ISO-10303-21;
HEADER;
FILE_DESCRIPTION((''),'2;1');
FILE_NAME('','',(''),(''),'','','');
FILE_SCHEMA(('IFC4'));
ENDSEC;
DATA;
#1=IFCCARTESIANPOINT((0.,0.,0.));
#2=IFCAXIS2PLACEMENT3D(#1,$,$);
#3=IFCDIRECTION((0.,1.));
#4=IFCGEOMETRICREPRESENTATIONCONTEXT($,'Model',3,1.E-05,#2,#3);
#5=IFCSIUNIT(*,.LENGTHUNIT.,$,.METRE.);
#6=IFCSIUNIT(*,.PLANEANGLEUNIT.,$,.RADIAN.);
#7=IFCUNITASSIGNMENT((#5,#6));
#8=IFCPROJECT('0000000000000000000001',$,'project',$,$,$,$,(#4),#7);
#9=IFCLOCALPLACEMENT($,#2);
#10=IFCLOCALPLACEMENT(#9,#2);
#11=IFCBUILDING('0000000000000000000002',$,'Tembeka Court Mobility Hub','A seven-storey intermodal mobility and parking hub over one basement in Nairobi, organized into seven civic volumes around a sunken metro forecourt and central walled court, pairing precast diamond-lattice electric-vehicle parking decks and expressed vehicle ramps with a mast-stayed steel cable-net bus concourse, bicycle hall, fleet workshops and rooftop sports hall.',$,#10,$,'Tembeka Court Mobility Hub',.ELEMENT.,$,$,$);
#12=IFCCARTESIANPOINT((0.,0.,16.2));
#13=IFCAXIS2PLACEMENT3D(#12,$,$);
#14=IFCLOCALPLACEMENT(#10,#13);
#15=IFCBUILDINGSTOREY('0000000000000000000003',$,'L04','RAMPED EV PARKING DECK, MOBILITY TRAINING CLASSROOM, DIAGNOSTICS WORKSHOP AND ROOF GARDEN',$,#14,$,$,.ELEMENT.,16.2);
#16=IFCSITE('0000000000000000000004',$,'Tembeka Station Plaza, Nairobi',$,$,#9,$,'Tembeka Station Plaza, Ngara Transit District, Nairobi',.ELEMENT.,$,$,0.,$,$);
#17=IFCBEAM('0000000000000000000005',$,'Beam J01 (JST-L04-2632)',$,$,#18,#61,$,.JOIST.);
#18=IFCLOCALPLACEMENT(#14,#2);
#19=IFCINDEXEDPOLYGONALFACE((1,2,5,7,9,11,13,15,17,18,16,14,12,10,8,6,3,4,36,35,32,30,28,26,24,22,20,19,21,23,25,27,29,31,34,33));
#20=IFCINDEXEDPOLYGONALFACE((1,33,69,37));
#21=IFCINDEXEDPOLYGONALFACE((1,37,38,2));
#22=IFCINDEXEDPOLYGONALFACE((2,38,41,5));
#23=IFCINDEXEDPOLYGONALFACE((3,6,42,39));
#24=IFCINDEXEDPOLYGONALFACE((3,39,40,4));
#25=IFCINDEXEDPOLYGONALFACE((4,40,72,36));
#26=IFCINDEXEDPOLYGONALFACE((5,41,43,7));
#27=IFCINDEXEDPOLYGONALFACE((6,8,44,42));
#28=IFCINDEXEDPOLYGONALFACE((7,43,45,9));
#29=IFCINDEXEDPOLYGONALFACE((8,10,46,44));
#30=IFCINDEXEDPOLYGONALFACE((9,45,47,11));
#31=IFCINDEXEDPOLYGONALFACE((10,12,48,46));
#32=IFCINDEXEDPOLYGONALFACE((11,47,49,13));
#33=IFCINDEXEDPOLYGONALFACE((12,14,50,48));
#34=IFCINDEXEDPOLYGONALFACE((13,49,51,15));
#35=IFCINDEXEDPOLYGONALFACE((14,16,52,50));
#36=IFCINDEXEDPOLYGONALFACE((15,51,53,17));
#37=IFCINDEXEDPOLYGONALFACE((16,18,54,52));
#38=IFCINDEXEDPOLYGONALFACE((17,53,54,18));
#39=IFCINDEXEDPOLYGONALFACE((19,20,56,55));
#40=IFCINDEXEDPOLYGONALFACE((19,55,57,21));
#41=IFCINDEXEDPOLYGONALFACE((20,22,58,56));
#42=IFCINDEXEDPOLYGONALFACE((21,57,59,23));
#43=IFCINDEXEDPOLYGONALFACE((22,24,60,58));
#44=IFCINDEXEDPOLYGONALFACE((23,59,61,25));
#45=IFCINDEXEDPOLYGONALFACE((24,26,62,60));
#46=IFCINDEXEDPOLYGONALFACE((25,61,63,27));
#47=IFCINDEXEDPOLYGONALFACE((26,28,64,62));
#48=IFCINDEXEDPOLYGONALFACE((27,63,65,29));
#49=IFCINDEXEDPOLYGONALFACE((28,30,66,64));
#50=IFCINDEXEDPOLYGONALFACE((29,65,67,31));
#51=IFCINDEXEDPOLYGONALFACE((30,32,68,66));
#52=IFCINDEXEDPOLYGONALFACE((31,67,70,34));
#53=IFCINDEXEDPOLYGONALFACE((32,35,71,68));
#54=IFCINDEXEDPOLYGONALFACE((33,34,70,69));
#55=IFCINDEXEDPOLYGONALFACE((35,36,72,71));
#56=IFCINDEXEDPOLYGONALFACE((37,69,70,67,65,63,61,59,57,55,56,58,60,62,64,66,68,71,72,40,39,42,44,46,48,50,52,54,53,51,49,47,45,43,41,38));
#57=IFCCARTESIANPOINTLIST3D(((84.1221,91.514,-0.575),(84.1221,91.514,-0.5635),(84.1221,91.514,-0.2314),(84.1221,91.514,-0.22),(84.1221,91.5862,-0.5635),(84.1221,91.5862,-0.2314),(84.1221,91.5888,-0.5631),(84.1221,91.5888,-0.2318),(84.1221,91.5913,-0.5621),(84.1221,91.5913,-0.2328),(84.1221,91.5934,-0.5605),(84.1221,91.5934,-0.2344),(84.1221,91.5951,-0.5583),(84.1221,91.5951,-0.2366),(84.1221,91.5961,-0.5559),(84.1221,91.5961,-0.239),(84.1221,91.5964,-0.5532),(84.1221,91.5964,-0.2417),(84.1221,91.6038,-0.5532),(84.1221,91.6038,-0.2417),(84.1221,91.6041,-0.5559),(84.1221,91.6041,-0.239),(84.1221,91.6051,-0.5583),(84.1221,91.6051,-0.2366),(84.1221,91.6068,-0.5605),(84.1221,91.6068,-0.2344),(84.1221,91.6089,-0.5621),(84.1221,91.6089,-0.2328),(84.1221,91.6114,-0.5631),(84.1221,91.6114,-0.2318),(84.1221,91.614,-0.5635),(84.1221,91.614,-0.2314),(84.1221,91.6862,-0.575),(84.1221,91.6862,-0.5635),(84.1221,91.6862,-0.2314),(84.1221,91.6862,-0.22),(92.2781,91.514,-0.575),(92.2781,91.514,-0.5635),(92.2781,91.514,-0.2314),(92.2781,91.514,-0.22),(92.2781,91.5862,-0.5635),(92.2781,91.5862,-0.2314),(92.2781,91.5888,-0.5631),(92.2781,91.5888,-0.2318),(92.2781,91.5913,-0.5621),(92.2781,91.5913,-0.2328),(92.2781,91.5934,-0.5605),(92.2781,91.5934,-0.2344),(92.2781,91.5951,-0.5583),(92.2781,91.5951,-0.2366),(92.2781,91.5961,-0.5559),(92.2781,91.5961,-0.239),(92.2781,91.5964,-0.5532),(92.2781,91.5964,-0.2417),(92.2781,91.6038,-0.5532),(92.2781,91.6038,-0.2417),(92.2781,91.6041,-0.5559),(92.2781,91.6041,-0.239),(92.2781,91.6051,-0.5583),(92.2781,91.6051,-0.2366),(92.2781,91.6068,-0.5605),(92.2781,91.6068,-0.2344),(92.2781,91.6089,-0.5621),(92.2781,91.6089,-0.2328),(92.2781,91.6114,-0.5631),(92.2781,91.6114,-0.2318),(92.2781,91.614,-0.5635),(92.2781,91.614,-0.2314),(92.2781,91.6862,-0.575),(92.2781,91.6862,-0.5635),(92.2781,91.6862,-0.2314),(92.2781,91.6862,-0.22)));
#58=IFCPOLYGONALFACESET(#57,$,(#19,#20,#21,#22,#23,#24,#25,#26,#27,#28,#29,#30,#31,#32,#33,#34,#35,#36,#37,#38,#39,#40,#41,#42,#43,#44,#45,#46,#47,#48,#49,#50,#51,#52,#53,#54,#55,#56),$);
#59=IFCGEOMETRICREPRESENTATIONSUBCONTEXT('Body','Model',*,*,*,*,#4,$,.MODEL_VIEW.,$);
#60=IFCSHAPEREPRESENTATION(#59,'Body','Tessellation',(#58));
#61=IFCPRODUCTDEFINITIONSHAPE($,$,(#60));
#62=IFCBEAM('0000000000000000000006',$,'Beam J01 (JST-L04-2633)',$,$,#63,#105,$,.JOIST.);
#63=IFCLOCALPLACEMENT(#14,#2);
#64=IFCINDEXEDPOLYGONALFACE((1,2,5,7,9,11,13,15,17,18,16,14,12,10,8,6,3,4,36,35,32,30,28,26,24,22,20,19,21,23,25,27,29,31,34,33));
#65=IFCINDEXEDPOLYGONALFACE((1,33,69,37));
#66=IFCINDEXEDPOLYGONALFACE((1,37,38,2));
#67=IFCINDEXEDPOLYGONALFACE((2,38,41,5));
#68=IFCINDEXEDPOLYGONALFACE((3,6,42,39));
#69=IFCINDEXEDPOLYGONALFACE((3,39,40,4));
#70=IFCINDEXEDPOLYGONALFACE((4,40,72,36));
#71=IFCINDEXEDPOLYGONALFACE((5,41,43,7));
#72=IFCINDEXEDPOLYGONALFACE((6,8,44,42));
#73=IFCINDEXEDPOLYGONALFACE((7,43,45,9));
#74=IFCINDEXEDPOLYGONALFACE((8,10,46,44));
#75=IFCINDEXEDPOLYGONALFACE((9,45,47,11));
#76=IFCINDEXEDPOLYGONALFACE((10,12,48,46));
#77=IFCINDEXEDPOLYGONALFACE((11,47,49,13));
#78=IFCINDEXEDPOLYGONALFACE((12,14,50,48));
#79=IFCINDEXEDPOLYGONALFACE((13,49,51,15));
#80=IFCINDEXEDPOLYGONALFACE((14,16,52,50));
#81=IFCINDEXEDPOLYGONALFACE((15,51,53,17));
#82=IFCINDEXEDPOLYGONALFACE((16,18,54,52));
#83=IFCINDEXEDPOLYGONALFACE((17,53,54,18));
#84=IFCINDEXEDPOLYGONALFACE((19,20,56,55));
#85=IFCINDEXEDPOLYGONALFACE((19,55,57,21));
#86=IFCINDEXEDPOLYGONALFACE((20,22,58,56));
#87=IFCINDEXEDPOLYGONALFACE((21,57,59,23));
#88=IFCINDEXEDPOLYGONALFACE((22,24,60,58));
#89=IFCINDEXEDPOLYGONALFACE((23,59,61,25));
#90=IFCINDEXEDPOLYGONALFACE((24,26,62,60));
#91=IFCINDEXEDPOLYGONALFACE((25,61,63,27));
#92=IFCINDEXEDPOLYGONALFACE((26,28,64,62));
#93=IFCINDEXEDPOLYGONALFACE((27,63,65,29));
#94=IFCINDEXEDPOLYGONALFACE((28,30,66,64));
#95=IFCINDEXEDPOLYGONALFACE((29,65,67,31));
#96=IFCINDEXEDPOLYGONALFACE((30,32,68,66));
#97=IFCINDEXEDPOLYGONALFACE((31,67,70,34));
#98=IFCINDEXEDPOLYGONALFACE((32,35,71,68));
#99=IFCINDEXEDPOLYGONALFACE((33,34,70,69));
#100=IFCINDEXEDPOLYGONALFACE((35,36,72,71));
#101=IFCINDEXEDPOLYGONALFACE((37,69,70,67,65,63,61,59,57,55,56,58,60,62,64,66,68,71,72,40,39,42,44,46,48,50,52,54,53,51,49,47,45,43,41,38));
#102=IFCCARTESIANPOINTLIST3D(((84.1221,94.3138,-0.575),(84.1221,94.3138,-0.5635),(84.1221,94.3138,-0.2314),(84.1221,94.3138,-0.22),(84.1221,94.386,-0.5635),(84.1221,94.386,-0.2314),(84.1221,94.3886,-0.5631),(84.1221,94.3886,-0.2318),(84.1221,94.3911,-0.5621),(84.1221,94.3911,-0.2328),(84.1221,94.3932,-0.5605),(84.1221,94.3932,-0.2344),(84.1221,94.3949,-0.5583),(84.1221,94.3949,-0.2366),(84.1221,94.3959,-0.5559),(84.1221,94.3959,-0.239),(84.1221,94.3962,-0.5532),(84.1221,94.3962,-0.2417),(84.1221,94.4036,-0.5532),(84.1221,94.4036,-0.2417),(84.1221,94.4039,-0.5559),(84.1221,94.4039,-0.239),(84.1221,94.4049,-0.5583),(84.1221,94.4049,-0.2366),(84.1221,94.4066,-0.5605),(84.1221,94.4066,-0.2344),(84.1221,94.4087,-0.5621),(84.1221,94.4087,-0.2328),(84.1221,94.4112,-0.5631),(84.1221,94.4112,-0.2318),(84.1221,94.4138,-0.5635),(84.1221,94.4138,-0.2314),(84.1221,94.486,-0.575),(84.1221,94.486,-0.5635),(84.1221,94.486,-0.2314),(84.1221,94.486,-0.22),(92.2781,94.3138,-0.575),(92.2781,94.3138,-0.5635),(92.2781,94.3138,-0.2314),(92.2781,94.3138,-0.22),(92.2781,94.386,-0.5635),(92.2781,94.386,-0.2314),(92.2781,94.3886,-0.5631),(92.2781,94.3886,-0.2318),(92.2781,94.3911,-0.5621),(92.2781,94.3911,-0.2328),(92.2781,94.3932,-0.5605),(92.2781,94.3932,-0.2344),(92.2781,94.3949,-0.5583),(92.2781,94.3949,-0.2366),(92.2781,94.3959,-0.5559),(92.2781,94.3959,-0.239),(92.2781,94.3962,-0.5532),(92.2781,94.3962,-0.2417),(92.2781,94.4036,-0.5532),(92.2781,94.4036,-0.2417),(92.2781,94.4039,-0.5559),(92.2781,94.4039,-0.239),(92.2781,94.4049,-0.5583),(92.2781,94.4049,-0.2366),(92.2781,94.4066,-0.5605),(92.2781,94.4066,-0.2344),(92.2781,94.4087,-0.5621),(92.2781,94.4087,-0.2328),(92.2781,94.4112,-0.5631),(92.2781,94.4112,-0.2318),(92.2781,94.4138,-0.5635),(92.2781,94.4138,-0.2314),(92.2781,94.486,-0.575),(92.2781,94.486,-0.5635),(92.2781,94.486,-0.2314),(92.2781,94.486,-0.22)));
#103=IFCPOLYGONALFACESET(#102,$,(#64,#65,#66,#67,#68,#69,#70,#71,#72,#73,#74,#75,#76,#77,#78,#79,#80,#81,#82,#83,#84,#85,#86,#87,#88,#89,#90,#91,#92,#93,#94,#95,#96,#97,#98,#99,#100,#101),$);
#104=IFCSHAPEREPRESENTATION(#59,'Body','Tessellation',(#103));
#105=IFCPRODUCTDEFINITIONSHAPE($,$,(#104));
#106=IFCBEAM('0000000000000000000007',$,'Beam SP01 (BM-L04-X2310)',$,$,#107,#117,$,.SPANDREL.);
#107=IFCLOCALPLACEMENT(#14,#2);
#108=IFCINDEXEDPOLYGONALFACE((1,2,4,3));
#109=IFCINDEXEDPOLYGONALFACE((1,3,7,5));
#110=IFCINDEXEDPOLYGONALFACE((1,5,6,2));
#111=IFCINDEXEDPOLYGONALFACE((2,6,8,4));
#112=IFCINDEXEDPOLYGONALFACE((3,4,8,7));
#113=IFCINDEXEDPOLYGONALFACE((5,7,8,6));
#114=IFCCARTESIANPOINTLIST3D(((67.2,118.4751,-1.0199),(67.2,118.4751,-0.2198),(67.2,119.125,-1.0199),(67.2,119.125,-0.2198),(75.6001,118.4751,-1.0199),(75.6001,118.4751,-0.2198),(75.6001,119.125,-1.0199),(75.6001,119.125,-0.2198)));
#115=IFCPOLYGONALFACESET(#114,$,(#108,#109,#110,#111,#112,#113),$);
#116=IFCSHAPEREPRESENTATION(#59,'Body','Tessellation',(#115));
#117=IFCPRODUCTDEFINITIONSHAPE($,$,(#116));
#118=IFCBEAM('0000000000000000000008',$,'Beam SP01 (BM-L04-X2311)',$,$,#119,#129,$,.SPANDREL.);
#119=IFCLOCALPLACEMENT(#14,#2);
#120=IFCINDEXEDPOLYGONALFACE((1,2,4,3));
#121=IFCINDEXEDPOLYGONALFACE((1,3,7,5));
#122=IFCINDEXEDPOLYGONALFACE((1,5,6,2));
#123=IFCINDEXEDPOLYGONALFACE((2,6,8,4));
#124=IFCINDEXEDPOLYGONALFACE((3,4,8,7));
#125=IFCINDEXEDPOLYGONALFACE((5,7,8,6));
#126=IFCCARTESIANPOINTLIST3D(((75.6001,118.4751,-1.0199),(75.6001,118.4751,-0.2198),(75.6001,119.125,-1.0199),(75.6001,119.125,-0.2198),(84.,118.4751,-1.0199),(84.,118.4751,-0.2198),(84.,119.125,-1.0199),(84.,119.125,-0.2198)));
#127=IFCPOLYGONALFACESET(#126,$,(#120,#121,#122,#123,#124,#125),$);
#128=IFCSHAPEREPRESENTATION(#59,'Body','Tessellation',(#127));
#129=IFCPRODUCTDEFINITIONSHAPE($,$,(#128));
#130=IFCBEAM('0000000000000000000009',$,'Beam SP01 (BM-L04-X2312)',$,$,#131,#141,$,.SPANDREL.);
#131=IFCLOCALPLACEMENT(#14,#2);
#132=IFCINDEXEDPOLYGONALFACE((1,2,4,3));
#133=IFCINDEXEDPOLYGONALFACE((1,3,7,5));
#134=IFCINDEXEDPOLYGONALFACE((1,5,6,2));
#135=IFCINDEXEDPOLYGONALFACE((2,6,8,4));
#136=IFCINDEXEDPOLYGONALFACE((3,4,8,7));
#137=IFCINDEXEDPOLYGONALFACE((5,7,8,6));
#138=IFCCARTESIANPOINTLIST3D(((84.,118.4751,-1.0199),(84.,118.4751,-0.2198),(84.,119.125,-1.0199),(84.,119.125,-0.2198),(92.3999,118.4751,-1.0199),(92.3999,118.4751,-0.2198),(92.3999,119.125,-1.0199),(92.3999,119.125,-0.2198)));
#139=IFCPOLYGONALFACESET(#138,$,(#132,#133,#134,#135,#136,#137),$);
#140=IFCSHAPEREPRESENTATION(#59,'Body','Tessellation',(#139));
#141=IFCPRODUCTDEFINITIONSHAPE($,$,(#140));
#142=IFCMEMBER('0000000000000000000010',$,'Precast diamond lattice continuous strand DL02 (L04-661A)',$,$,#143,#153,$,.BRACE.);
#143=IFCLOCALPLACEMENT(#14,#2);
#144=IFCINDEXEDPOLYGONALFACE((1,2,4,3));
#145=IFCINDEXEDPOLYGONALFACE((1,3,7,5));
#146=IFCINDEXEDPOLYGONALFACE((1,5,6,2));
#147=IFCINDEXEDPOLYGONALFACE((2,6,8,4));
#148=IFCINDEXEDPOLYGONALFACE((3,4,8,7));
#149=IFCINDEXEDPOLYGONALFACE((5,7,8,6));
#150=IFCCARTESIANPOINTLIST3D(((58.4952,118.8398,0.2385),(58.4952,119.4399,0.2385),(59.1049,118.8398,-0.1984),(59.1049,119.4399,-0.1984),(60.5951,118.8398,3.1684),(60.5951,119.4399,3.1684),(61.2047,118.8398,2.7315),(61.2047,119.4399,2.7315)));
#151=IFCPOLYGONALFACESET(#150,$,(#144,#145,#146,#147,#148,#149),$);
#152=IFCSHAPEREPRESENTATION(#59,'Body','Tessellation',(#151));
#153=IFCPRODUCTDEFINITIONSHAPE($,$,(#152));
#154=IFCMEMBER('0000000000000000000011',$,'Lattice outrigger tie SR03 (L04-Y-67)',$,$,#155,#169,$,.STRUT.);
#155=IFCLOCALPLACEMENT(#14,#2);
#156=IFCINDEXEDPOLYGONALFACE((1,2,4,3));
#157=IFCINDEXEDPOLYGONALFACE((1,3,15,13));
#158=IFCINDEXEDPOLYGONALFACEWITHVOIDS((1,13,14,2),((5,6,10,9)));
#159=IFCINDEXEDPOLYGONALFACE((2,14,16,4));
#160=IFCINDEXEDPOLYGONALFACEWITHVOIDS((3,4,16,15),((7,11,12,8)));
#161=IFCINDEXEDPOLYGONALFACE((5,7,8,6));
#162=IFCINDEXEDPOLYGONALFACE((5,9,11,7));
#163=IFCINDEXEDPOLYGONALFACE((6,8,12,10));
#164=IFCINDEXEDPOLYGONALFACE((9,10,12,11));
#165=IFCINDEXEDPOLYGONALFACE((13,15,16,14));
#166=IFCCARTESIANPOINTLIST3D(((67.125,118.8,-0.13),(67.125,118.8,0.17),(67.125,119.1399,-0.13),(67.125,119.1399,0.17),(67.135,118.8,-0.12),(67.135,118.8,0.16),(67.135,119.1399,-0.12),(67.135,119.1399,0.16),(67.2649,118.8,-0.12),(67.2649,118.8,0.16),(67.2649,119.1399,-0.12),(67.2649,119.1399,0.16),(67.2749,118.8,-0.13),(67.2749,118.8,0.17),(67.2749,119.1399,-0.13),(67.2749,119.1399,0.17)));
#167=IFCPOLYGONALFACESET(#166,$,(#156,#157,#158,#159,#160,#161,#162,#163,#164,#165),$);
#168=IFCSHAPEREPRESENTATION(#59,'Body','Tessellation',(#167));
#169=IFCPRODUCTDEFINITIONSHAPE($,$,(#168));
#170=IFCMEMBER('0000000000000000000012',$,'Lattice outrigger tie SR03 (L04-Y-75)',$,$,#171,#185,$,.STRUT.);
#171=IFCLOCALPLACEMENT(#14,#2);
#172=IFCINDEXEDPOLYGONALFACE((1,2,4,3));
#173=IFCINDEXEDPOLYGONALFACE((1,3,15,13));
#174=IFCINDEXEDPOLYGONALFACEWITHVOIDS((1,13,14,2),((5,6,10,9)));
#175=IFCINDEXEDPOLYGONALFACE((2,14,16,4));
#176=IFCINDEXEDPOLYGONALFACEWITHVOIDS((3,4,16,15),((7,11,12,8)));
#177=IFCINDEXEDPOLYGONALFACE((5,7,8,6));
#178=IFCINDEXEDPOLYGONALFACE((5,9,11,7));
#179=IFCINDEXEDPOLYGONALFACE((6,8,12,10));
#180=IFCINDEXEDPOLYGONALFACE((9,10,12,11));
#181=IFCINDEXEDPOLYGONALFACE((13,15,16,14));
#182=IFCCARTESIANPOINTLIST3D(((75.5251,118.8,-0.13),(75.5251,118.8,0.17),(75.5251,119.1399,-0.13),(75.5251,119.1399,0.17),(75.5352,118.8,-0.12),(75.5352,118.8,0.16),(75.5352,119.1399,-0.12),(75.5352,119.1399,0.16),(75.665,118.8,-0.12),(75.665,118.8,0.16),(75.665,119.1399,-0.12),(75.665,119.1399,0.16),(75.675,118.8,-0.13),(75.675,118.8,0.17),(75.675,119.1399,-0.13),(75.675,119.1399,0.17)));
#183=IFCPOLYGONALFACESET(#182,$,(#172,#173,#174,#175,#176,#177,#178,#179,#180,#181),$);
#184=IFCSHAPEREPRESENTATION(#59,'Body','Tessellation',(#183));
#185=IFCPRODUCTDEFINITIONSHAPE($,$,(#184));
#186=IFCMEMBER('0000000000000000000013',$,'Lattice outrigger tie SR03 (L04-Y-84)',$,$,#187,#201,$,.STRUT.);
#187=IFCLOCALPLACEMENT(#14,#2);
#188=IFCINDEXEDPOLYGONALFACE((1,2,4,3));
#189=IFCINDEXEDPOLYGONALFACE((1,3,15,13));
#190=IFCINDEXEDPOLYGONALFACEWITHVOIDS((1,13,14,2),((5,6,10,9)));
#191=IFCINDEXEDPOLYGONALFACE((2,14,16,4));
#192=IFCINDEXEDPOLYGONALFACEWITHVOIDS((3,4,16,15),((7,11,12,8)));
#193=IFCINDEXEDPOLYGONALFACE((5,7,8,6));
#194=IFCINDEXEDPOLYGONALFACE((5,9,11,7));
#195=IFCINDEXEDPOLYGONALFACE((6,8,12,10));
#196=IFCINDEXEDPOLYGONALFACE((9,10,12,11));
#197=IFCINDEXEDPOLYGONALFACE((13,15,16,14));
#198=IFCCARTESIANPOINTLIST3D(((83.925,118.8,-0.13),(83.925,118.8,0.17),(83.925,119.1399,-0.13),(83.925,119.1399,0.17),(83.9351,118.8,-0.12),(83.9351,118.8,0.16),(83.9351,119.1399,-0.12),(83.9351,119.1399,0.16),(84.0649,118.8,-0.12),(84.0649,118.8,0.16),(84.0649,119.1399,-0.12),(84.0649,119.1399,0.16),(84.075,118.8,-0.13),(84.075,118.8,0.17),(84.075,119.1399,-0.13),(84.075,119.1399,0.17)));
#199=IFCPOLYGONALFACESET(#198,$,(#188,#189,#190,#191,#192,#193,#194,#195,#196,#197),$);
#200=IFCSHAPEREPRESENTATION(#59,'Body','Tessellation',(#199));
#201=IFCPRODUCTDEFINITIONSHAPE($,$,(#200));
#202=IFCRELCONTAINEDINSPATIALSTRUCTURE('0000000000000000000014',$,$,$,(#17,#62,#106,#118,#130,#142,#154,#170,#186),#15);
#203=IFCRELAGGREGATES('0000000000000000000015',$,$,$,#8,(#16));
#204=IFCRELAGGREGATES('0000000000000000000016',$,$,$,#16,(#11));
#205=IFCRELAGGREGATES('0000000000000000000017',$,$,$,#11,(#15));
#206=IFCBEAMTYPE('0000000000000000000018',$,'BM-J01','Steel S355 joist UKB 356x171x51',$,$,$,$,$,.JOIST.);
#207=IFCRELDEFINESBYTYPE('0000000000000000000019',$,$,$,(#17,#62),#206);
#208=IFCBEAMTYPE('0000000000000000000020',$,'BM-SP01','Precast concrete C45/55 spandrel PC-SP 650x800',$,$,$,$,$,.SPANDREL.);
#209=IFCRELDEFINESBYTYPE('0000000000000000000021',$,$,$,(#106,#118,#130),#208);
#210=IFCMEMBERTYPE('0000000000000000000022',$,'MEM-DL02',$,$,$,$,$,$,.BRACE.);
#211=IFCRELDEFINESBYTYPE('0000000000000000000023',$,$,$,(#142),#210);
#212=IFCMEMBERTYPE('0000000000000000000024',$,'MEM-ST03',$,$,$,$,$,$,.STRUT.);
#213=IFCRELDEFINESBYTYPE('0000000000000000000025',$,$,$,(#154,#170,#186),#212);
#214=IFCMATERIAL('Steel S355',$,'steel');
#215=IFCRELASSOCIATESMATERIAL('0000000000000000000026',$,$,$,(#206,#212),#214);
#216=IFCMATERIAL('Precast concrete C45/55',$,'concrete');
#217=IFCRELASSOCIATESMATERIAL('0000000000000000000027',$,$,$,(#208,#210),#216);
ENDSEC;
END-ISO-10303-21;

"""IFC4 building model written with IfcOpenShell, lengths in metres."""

from ifc_helpers import new_model, si_unit, direction, frame, origin, origin_2d, place, context, subcontext, project, spatial, rectangle, hollow_rectangle, i_section, extrude, material, material_profile, profile_set, type_object, element, save


model = new_model("IFC4")

# Units and contexts
model_context = context("Model", 3, precision=1e-05, world=origin(), true_north=direction((0.0, 1.0)))
body_context = subcontext(model_context, "Body", "Model", "MODEL_VIEW")
ifc_project = project(units=[si_unit("LENGTHUNIT", "METRE"), si_unit("PLANEANGLEUNIT", "RADIAN")], contexts=[model_context])

# Site, building, storey
site_placement = place(None, origin())
site = spatial("IfcSite", under=ifc_project, at=site_placement, Name="Tembeka Station Plaza, Nairobi", LongName="Tembeka Station Plaza, Ngara Transit District, Nairobi", CompositionType="ELEMENT", RefElevation=0.0)
building_placement = place(site_placement, origin())
building = spatial("IfcBuilding", under=site, at=building_placement, Name="Tembeka Court Mobility Hub", Description="A seven-storey intermodal mobility and parking hub over one basement in Nairobi, organized into seven civic volumes around a sunken metro forecourt and central walled court, pairing precast diamond-lattice electric-vehicle parking decks and expressed vehicle ramps with a mast-stayed steel cable-net bus concourse, bicycle hall, fleet workshops and rooftop sports hall.", LongName="Tembeka Court Mobility Hub", CompositionType="ELEMENT")
storey_placement = place(building_placement, frame((0.0, 0.0, 16.2)))
storey = spatial("IfcBuildingStorey", under=building, at=storey_placement, Name="L04", Description="RAMPED EV PARKING DECK, MOBILITY TRAINING CLASSROOM, DIAGNOSTICS WORKSHOP AND ROOF GARDEN", CompositionType="ELEMENT", Elevation=16.2)

# Shared definitions
ifc_material_1 = material(Name="Steel S355", Category="steel")

# Beams
ifc_material_profile_1 = material_profile(ifc_material_1, i_section(OverallWidth=0.1721, OverallDepth=0.355, WebThickness=0.0073, FlangeThickness=0.0115, FilletRadius=0.0103, at=origin_2d()), Name="UKB 356x171x51")
ifc_profile_set_1 = profile_set([ifc_material_profile_1], Name="Steel S355")
beam_type_1 = type_object("IfcBeamType", Name="BM-J01", Description="Steel S355 joist UKB 356x171x51", PredefinedType="JOIST", material=ifc_profile_set_1)
for number, where, z_axis, x_axis, name in (
    (1, (84.1221, 91.6001, -0.3975), (1.0, 0.0, 0.0), (0.0, 1.0, 0.0), "Beam J01 (JST-L04-2632)"),
    (2, (84.1221, 94.3999, -0.3975), (1.0, 0.0, 0.0), (0.0, 1.0, 0.0), "Beam J01 (JST-L04-2633)"),
):
    element("IfcBeam", number, at=place(storey_placement, frame(where, z_axis=z_axis, x_axis=x_axis)), inside=storey, type_object=beam_type_1, Name=name, PredefinedType="JOIST", context=body_context, shape_type="SweptSolid", body=[
        extrude(i_section(OverallWidth=0.1721, OverallDepth=0.355, WebThickness=0.0073, FlangeThickness=0.0115, FilletRadius=0.0103, at=origin_2d()), origin(), (0.0, 0.0, 1.0), 8.156),
    ])
ifc_material_2 = material(Name="Precast concrete C45/55", Category="concrete")
ifc_material_profile_2 = material_profile(ifc_material_2, rectangle(XDim=0.6499, YDim=0.8, at=origin_2d()), Name="PC-SP 650x800")
ifc_profile_set_2 = profile_set([ifc_material_profile_2], Name="Precast concrete C45/55")
beam_type_2 = type_object("IfcBeamType", Name="BM-SP01", Description="Precast concrete C45/55 spandrel PC-SP 650x800", PredefinedType="SPANDREL", material=ifc_profile_set_2)
beam_1_placement = place(storey_placement, frame((67.2, 118.8, -0.6199), z_axis=(1.0, 0.0, 0.0), x_axis=(0.0, 1.0, 0.0)))
element("IfcBeam", 3, at=beam_1_placement, inside=storey, type_object=beam_type_2, Name="Beam SP01 (BM-L04-X2310)", PredefinedType="SPANDREL", context=body_context, shape_type="SweptSolid", body=[
    extrude(rectangle(XDim=0.6499, YDim=0.8, at=origin_2d()), origin(), (0.0, 0.0, 1.0), 8.4001),
])
for number, where, z_axis, x_axis, name in (
    (4, (75.6001, 118.8, -0.6199), (1.0, 0.0, 0.0), (0.0, 1.0, 0.0), "Beam SP01 (BM-L04-X2311)"),
    (5, (84.0, 118.8, -0.6199), (1.0, 0.0, 0.0), (0.0, 1.0, 0.0), "Beam SP01 (BM-L04-X2312)"),
):
    element("IfcBeam", number, at=place(storey_placement, frame(where, z_axis=z_axis, x_axis=x_axis)), inside=storey, type_object=beam_type_2, Name=name, PredefinedType="SPANDREL", context=body_context, shape_type="SweptSolid", body=[
        extrude(rectangle(XDim=0.6499, YDim=0.8, at=origin_2d()), origin(), (0.0, 0.0, 1.0), 8.3999),
    ])

# Members
ifc_material_profile_3 = material_profile(ifc_material_2, rectangle(XDim=0.6001, YDim=0.75, at=origin_2d()), Name="PC-DIAG 600x750")
ifc_profile_set_3 = profile_set([ifc_material_profile_3], Name="Precast concrete C45/55")
member_type_1 = type_object("IfcMemberType", Name="MEM-DL02", PredefinedType="BRACE", material=ifc_profile_set_3)
member_placement = place(storey_placement, frame((58.8, 119.1399, 0.02), z_axis=(0.582532, 0.0, 0.812808), x_axis=(0.0, 1.0, 0.0)))
element("IfcMember", 6, at=member_placement, inside=storey, type_object=member_type_1, Name="Precast diamond lattice continuous strand DL02 (L04-661A)", PredefinedType="BRACE", context=body_context, shape_type="SweptSolid", body=[
    extrude(rectangle(XDim=0.6001, YDim=0.75, at=origin_2d()), origin(), (0.0, 0.0, 1.0), 3.6047),
])
ifc_material_profile_4 = material_profile(ifc_material_1, hollow_rectangle(XDim=0.1499, YDim=0.3, WallThickness=0.01, at=origin_2d()), Name="RHS 300x150x10")
ifc_profile_set_4 = profile_set([ifc_material_profile_4], Name="Steel S355")
member_type_2 = type_object("IfcMemberType", Name="MEM-ST03", PredefinedType="STRUT", material=ifc_profile_set_4)
for number, where, z_axis, x_axis, name in (
    (7, (67.2, 118.8, 0.02), (0.0, 1.0, 0.0), (-1.0, 0.0, 0.0), "Lattice outrigger tie SR03 (L04-Y-67)"),
    (8, (75.6001, 118.8, 0.02), (0.0, 1.0, 0.0), (-1.0, 0.0, 0.0), "Lattice outrigger tie SR03 (L04-Y-75)"),
    (9, (84.0, 118.8, 0.02), (0.0, 1.0, 0.0), (-1.0, 0.0, 0.0), "Lattice outrigger tie SR03 (L04-Y-84)"),
):
    element("IfcMember", number, at=place(storey_placement, frame(where, z_axis=z_axis, x_axis=x_axis)), inside=storey, type_object=member_type_2, Name=name, PredefinedType="STRUT", context=body_context, shape_type="SweptSolid", body=[
        extrude(hollow_rectangle(XDim=0.1499, YDim=0.3, WallThickness=0.01, at=origin_2d()), origin(), (0.0, 0.0, 1.0), 0.3398),
    ])

save(model, "model.ifc")
